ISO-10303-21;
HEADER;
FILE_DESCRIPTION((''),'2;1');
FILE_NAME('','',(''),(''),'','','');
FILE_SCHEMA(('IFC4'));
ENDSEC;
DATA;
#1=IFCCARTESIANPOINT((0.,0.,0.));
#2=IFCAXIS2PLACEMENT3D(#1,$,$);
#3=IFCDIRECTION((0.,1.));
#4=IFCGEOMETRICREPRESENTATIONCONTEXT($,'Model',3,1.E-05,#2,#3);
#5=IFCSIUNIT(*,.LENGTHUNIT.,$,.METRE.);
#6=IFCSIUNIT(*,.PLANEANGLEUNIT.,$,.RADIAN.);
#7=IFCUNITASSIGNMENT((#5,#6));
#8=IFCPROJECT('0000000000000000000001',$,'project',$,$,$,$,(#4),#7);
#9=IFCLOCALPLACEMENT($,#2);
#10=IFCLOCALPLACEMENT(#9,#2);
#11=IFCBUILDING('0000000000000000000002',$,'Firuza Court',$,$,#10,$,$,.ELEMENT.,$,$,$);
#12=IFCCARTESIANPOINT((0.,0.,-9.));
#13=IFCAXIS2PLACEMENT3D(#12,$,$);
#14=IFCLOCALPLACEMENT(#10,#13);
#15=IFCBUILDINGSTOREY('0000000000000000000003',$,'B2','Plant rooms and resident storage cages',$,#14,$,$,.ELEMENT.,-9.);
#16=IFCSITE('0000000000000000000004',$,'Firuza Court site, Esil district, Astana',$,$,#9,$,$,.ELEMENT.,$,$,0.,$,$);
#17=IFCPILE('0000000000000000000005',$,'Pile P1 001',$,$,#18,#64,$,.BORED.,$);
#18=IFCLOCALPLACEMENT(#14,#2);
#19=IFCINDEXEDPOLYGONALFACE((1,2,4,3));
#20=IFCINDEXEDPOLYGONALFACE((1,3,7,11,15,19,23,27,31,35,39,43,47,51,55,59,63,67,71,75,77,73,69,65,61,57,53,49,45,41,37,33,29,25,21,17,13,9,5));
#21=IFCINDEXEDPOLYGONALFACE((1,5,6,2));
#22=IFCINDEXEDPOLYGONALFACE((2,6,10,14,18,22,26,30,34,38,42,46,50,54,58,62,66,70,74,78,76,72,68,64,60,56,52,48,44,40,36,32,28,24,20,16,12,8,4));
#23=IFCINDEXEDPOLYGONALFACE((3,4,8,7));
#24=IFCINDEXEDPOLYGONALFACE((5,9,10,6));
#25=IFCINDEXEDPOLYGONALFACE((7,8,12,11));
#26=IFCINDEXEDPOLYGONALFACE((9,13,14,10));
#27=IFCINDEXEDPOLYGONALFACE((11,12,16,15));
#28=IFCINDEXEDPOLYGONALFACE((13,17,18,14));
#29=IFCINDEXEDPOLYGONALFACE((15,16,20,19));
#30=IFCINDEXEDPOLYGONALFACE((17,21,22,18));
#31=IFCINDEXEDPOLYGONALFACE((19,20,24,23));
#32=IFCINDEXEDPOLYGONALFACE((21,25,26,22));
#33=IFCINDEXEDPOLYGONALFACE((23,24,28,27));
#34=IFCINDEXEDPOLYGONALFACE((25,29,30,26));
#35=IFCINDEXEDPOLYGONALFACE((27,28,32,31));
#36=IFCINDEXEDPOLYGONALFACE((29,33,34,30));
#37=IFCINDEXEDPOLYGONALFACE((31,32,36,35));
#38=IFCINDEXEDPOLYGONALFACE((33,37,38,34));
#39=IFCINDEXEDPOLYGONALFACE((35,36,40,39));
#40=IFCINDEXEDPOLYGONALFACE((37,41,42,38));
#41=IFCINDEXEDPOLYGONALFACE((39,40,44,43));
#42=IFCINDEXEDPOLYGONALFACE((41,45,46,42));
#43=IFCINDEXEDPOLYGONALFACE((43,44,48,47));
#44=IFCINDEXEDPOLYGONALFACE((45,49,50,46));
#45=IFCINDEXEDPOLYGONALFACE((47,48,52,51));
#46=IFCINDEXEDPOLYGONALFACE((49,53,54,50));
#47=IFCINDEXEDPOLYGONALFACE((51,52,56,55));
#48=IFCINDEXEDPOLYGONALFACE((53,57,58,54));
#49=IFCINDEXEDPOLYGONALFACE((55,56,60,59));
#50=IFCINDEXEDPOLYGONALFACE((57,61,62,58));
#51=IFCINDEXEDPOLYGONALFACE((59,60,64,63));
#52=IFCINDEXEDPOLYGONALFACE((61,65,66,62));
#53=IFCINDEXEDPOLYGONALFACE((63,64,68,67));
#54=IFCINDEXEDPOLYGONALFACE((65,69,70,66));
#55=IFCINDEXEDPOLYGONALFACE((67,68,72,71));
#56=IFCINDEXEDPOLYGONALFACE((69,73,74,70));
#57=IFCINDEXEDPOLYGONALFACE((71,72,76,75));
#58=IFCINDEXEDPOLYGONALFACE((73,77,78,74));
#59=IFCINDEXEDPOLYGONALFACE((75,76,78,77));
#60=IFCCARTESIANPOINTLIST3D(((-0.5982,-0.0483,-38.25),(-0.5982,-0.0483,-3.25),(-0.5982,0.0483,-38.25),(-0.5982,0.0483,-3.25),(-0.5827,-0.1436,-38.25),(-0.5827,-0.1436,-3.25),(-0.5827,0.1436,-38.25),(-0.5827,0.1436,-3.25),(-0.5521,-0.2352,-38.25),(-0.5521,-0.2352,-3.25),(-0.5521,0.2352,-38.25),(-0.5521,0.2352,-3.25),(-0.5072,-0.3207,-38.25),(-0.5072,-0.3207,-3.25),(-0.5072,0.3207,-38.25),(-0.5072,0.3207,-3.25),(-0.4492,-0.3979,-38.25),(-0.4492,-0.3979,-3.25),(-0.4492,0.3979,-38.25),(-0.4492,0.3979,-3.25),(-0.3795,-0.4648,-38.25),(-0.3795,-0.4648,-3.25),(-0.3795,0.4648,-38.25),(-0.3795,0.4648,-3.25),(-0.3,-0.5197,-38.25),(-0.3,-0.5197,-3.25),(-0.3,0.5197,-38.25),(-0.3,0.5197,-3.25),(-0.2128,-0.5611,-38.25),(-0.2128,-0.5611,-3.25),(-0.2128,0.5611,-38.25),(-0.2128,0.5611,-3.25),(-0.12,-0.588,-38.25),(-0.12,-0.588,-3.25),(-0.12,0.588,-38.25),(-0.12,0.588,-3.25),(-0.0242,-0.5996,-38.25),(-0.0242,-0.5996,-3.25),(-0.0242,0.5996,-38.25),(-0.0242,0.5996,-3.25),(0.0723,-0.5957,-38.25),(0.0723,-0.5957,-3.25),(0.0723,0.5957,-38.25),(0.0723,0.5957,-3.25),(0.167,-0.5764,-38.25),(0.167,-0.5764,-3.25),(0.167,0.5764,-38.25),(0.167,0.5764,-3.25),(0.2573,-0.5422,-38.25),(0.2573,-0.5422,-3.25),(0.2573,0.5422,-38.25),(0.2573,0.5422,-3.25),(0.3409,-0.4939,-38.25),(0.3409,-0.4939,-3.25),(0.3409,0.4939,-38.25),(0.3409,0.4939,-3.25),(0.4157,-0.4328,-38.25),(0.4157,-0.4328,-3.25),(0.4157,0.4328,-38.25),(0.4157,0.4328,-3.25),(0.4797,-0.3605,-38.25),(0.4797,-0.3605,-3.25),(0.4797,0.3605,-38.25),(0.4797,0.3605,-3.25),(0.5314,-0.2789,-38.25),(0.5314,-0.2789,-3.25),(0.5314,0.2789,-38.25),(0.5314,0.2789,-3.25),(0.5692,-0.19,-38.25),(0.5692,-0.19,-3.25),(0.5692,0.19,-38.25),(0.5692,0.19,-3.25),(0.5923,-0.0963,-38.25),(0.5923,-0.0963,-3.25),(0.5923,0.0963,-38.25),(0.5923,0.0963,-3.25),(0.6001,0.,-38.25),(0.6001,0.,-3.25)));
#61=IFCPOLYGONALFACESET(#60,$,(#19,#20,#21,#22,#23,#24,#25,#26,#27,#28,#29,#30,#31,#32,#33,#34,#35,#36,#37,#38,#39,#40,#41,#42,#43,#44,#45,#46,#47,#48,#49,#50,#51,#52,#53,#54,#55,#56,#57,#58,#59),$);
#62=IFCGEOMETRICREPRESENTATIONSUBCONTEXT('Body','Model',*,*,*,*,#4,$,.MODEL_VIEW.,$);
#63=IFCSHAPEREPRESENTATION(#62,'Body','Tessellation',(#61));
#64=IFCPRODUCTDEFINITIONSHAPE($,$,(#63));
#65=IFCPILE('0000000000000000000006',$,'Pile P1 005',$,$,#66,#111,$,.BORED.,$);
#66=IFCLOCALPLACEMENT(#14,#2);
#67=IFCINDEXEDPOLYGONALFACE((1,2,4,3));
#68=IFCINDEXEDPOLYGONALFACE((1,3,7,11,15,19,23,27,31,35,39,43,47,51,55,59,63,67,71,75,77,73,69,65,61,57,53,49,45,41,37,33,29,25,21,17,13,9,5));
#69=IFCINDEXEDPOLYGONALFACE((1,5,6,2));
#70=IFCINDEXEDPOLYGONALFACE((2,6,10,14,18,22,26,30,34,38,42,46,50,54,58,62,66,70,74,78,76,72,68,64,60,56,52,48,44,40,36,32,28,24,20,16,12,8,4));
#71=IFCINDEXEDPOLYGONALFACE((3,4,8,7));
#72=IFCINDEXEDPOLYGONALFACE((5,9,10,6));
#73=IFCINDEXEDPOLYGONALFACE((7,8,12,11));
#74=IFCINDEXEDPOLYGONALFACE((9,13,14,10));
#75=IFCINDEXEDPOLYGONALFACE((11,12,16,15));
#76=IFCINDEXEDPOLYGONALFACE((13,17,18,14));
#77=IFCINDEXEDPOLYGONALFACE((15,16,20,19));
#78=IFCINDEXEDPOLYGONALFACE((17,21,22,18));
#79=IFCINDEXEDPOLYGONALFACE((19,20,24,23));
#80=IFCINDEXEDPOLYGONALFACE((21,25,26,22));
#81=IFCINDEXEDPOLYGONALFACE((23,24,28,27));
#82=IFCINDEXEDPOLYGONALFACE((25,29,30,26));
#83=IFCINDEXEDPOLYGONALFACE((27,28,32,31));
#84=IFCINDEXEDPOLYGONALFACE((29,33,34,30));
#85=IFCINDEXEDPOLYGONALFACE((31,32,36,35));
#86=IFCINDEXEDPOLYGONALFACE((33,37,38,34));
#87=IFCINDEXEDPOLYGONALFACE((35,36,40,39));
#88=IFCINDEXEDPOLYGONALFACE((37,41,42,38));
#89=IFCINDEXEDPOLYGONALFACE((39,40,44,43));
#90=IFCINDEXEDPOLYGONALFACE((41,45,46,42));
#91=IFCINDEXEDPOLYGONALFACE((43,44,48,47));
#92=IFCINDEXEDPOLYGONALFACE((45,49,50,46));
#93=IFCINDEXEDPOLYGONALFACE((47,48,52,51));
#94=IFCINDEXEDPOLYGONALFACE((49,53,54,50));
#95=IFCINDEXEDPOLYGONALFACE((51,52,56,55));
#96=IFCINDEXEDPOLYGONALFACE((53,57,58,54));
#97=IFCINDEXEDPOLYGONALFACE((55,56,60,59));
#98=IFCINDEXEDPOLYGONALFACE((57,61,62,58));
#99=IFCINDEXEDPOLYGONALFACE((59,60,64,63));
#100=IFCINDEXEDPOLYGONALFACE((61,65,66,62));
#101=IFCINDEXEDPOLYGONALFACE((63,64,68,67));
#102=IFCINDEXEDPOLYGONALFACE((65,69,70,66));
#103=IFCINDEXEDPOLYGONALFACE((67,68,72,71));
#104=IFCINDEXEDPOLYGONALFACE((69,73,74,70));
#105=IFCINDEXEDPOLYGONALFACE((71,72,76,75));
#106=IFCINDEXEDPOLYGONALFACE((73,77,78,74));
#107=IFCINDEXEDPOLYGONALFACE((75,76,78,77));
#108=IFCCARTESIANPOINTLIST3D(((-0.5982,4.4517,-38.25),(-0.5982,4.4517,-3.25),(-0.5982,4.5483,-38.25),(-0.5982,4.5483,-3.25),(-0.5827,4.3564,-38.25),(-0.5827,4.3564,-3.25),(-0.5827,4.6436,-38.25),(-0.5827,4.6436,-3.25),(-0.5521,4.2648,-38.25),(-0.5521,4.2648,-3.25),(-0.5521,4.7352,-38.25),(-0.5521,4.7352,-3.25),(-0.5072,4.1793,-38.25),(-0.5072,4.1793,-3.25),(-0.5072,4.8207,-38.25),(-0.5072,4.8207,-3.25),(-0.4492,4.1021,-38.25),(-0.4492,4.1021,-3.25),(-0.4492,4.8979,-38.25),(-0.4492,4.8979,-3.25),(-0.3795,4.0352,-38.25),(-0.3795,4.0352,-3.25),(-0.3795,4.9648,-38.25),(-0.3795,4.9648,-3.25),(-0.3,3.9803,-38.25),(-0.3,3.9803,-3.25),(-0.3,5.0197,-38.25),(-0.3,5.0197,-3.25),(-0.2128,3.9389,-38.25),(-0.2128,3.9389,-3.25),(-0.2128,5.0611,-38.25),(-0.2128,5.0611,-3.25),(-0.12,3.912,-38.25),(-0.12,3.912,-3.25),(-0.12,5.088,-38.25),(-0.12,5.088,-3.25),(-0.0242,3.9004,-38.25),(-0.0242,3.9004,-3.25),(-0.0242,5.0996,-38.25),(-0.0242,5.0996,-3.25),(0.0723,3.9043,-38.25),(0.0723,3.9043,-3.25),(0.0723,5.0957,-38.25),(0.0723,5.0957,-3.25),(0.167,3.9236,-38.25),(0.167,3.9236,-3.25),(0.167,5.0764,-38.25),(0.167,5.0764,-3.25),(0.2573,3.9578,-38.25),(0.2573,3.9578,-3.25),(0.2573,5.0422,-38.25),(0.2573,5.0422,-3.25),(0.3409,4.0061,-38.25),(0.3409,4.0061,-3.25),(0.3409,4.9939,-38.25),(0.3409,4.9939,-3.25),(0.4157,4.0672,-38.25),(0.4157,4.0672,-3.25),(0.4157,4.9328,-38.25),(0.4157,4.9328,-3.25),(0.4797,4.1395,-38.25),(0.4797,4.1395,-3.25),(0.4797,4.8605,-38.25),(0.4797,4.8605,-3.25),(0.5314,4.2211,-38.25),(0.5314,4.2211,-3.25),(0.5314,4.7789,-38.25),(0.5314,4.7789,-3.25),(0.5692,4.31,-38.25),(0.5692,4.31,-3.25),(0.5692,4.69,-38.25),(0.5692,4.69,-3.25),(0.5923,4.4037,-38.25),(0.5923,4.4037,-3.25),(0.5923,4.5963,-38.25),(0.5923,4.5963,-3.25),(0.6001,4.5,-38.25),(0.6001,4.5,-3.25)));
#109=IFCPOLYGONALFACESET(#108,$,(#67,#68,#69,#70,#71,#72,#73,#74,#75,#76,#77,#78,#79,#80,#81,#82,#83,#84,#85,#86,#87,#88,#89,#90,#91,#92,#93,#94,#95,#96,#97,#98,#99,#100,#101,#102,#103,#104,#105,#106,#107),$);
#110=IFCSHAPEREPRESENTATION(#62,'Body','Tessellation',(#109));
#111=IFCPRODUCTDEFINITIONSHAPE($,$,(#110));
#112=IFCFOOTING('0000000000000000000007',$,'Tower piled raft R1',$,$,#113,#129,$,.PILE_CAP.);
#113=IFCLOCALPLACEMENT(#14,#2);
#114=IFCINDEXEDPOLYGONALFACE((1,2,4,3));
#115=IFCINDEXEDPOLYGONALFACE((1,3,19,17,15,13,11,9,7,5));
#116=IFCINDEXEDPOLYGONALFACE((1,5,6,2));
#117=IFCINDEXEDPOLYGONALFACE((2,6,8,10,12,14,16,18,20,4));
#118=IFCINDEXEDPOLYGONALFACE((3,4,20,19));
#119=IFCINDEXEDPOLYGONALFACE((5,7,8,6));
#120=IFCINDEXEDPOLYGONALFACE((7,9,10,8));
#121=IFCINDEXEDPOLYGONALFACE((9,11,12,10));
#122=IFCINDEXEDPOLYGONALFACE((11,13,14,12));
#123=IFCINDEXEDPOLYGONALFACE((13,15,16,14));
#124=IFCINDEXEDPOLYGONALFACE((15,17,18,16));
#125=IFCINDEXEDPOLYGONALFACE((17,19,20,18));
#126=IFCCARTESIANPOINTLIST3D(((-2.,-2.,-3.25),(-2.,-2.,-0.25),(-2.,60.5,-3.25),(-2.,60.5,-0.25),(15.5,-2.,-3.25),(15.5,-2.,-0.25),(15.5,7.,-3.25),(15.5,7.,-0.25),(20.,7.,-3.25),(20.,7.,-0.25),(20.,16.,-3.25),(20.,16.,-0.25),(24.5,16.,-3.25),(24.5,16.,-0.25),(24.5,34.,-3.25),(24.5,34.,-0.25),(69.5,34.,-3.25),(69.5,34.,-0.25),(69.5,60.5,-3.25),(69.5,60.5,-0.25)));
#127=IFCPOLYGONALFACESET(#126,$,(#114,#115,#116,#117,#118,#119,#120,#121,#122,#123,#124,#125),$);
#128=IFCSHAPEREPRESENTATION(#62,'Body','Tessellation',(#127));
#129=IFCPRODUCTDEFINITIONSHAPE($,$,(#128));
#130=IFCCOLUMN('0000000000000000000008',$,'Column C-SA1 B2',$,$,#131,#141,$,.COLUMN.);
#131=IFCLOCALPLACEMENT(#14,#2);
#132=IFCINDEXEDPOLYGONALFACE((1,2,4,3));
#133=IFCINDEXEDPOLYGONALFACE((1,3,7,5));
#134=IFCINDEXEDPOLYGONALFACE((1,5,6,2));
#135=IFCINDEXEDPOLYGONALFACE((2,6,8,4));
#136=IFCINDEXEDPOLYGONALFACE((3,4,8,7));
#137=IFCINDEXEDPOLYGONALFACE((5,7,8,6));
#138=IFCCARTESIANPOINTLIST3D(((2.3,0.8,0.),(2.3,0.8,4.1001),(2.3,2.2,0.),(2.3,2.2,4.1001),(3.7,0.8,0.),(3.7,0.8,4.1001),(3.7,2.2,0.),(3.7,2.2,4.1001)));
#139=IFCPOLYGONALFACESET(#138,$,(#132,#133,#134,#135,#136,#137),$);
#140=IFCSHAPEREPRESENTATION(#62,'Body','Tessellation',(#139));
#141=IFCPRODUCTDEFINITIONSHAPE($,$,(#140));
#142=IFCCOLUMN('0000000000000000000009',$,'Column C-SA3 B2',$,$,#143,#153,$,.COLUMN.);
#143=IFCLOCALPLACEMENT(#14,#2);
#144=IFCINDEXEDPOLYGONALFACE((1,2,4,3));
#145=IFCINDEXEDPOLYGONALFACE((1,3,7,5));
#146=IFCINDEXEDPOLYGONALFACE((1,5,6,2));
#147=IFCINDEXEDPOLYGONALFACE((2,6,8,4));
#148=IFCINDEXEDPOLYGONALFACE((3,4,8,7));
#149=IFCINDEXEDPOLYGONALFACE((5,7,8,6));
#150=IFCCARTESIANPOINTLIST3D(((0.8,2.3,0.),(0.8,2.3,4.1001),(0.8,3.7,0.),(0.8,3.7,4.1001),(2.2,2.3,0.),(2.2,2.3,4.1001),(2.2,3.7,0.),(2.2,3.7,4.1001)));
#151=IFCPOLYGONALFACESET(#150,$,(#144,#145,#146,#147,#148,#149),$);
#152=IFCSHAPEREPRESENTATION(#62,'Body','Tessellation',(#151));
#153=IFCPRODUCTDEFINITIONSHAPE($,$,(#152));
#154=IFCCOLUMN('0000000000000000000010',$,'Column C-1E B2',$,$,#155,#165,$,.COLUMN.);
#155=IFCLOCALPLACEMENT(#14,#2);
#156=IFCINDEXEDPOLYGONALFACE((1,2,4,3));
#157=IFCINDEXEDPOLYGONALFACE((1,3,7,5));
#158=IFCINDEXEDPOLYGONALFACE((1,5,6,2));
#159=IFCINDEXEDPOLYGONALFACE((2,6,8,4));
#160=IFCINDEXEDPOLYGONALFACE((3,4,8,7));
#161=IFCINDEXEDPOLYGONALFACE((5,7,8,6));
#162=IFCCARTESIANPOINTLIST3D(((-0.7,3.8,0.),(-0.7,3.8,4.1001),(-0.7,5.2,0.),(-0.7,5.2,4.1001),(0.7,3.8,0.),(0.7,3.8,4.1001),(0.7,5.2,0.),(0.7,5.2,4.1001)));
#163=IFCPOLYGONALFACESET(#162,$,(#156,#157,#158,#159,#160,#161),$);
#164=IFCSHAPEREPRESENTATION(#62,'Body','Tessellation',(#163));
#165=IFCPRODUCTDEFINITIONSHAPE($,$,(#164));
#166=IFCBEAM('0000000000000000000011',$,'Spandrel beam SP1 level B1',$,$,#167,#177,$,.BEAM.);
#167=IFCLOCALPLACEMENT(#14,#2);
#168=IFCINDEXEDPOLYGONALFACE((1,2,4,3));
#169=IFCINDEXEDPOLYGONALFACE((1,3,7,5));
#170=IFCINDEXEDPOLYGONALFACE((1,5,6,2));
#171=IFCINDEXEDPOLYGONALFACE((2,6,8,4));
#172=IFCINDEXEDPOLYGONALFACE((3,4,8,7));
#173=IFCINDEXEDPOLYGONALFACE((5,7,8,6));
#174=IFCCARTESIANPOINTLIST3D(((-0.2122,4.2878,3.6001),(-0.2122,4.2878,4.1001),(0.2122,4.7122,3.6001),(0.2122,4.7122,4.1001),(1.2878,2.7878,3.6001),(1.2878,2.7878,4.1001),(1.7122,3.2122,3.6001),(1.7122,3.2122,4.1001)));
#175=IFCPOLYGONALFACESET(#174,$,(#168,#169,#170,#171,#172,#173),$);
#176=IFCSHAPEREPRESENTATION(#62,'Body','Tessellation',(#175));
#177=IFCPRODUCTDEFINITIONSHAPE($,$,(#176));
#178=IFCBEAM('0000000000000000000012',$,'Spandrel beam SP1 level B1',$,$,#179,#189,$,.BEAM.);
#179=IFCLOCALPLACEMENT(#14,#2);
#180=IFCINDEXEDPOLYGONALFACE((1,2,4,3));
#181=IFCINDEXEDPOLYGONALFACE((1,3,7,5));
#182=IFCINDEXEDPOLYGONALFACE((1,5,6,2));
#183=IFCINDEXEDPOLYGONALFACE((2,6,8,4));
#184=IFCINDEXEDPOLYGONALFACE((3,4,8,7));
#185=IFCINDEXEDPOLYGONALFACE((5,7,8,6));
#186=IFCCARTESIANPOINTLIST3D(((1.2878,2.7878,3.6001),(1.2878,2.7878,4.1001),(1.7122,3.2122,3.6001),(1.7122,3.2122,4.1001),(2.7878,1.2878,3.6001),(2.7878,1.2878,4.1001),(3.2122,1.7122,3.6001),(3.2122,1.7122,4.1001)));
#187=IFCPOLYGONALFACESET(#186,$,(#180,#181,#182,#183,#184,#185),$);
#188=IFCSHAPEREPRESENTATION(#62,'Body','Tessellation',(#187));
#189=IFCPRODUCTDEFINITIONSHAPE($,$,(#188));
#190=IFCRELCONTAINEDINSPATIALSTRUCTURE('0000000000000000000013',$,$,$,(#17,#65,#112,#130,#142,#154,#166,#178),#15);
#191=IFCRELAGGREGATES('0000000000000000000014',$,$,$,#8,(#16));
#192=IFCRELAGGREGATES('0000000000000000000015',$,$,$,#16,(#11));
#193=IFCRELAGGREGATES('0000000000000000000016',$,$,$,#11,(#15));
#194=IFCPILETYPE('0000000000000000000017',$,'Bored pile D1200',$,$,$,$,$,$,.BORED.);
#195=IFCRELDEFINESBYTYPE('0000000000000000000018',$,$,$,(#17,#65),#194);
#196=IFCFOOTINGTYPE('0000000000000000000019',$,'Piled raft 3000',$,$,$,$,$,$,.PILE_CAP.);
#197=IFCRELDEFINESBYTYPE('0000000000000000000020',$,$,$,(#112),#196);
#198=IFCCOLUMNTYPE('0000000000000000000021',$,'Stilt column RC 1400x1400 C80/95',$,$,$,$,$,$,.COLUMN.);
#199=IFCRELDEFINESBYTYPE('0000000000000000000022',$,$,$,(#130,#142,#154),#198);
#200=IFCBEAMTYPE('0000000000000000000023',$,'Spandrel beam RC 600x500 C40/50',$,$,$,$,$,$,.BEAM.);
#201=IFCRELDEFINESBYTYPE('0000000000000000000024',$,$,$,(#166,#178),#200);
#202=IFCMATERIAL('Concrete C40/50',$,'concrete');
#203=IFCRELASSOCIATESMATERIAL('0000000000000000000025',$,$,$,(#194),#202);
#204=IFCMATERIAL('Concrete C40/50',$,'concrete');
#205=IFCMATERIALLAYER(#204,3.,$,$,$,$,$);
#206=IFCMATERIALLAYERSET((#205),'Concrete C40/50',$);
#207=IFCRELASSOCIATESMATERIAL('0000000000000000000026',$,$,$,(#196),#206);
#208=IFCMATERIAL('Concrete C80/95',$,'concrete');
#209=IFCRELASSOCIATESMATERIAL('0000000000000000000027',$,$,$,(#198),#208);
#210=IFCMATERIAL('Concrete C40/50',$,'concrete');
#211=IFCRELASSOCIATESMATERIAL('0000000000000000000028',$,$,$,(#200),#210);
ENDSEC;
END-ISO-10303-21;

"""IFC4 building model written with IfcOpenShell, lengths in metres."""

from ifc_helpers import new_model, si_unit, direction, frame, origin, origin_2d, place, context, subcontext, project, spatial, polyline, rectangle, circle, outline, extrude, material, layer, layer_set, material_profile, profile_set, type_object, element, save


model = new_model("IFC4")

# Units and contexts
model_context = context("Model", 3, precision=1e-05, world=origin(), true_north=direction((0.0, 1.0)))
body_context = subcontext(model_context, "Body", "Model", "MODEL_VIEW")
ifc_project = project(units=[si_unit("LENGTHUNIT", "METRE"), si_unit("PLANEANGLEUNIT", "RADIAN")], contexts=[model_context])

# Site, building, storey
site_placement = place(None, origin())
site = spatial("IfcSite", under=ifc_project, at=site_placement, Name="Firuza Court site, Esil district, Astana", CompositionType="ELEMENT", RefElevation=0.0)
building_placement = place(site_placement, origin())
building = spatial("IfcBuilding", under=site, at=building_placement, Name="Firuza Court", CompositionType="ELEMENT")
storey_placement = place(building_placement, frame((0.0, 0.0, -9.0)))
storey = spatial("IfcBuildingStorey", under=building, at=storey_placement, Name="B2", Description="Plant rooms and resident storage cages", CompositionType="ELEMENT", Elevation=-9.0)

# Piles
ifc_material_1 = material(Name="Concrete C40/50", Category="concrete")
ifc_material_profile_1 = material_profile(ifc_material_1, circle(Radius=0.6001, at=origin_2d()), Name="Pile D1200")
ifc_profile_set_1 = profile_set([ifc_material_profile_1], Name="Concrete C40/50")
pile_type = type_object("IfcPileType", Name="Bored pile D1200", PredefinedType="BORED", material=ifc_profile_set_1)
for number, where, z_axis, x_axis, name in (
    (1, (0.0, 0.0, -3.25), (0.0, 0.0, -1.0), (1.0, 0.0, 0.0), "Pile P1 001"),
    (2, (0.0, 4.5, -3.25), (0.0, 0.0, -1.0), (1.0, 0.0, 0.0), "Pile P1 005"),
):
    element("IfcPile", number, at=place(storey_placement, frame(where, z_axis=z_axis, x_axis=x_axis)), inside=storey, type_object=pile_type, Name=name, PredefinedType="BORED", context=body_context, shape_type="SweptSolid", body=[
        extrude(circle(Radius=0.6001, at=origin_2d()), origin(), (0.0, 0.0, 1.0), 35.0),
    ])

# Footing
ifc_material_2 = material(Name="Concrete C40/50", Category="concrete")
ifc_layer_1 = layer(ifc_material_2, 3.0)
ifc_layer_set_1 = layer_set([ifc_layer_1], Name="Concrete C40/50")
footing_type = type_object("IfcFootingType", Name="Piled raft 3000", PredefinedType="PILE_CAP", material=ifc_layer_set_1)
footing_placement = place(storey_placement, frame((0.0, 0.0, -3.25)))
element("IfcFooting", 3, at=footing_placement, inside=storey, type_object=footing_type, Name="Tower piled raft R1", PredefinedType="PILE_CAP", context=body_context, shape_type="SweptSolid", body=[
    extrude(outline(polyline([(15.5, -2.0), (15.5, 7.0), (20.0, 7.0), (20.0, 16.0), (24.5, 16.0), (24.5, 34.0), (69.5, 34.0), (69.5, 60.5), (-2.0, 60.5), (-2.0, -2.0), (15.5, -2.0)])), origin(), (0.0, 0.0, 1.0), 3.0),
])

# Columns
ifc_material_3 = material(Name="Concrete C80/95", Category="concrete")
ifc_material_profile_2 = material_profile(ifc_material_3, rectangle(XDim=1.3999, YDim=1.3999, at=origin_2d()), Name="RC 1400x1400")
ifc_profile_set_2 = profile_set([ifc_material_profile_2], Name="Concrete C80/95")
column_type = type_object("IfcColumnType", Name="Stilt column RC 1400x1400 C80/95", PredefinedType="COLUMN", material=ifc_profile_set_2)
for number, where, z_axis, x_axis, name in (
    (4, (3.0, 1.5, 0.0), (0.0, 0.0, 1.0), (1.0, 0.0, 0.0), "Column C-SA1 B2"),
    (5, (1.5, 3.0, 0.0), (0.0, 0.0, 1.0), (1.0, 0.0, 0.0), "Column C-SA3 B2"),
    (6, (0.0, 4.5, 0.0), (0.0, 0.0, 1.0), (1.0, 0.0, 0.0), "Column C-1E B2"),
):
    element("IfcColumn", number, at=place(storey_placement, frame(where, z_axis=z_axis, x_axis=x_axis)), inside=storey, type_object=column_type, Name=name, PredefinedType="COLUMN", context=body_context, shape_type="SweptSolid", body=[
        extrude(rectangle(XDim=1.3999, YDim=1.3999, at=origin_2d()), origin(), (0.0, 0.0, 1.0), 4.1001),
    ])

# Beams
ifc_material_4 = material(Name="Concrete C40/50", Category="concrete")
ifc_material_profile_3 = material_profile(ifc_material_4, rectangle(XDim=0.6001, YDim=0.5, at=origin_2d()), Name="RC 600x500")
ifc_profile_set_3 = profile_set([ifc_material_profile_3], Name="Concrete C40/50")
beam_type = type_object("IfcBeamType", Name="Spandrel beam RC 600x500 C40/50", PredefinedType="BEAM", material=ifc_profile_set_3)
for number, where, z_axis, x_axis, name in (
    (7, (0.0, 4.5, 3.8501), (0.707107, -0.707107, 0.0), (0.707107, 0.707107, 0.0), "Spandrel beam SP1 level B1"),
    (8, (1.5, 3.0, 3.8501), (0.707107, -0.707107, 0.0), (0.707107, 0.707107, 0.0), "Spandrel beam SP1 level B1"),
):
    element("IfcBeam", number, at=place(storey_placement, frame(where, z_axis=z_axis, x_axis=x_axis)), inside=storey, type_object=beam_type, Name=name, PredefinedType="BEAM", context=body_context, shape_type="SweptSolid", body=[
        extrude(rectangle(XDim=0.6001, YDim=0.5, at=origin_2d()), origin(), (0.0, 0.0, 1.0), 2.1213),
    ])

save(model, "model.ifc")
